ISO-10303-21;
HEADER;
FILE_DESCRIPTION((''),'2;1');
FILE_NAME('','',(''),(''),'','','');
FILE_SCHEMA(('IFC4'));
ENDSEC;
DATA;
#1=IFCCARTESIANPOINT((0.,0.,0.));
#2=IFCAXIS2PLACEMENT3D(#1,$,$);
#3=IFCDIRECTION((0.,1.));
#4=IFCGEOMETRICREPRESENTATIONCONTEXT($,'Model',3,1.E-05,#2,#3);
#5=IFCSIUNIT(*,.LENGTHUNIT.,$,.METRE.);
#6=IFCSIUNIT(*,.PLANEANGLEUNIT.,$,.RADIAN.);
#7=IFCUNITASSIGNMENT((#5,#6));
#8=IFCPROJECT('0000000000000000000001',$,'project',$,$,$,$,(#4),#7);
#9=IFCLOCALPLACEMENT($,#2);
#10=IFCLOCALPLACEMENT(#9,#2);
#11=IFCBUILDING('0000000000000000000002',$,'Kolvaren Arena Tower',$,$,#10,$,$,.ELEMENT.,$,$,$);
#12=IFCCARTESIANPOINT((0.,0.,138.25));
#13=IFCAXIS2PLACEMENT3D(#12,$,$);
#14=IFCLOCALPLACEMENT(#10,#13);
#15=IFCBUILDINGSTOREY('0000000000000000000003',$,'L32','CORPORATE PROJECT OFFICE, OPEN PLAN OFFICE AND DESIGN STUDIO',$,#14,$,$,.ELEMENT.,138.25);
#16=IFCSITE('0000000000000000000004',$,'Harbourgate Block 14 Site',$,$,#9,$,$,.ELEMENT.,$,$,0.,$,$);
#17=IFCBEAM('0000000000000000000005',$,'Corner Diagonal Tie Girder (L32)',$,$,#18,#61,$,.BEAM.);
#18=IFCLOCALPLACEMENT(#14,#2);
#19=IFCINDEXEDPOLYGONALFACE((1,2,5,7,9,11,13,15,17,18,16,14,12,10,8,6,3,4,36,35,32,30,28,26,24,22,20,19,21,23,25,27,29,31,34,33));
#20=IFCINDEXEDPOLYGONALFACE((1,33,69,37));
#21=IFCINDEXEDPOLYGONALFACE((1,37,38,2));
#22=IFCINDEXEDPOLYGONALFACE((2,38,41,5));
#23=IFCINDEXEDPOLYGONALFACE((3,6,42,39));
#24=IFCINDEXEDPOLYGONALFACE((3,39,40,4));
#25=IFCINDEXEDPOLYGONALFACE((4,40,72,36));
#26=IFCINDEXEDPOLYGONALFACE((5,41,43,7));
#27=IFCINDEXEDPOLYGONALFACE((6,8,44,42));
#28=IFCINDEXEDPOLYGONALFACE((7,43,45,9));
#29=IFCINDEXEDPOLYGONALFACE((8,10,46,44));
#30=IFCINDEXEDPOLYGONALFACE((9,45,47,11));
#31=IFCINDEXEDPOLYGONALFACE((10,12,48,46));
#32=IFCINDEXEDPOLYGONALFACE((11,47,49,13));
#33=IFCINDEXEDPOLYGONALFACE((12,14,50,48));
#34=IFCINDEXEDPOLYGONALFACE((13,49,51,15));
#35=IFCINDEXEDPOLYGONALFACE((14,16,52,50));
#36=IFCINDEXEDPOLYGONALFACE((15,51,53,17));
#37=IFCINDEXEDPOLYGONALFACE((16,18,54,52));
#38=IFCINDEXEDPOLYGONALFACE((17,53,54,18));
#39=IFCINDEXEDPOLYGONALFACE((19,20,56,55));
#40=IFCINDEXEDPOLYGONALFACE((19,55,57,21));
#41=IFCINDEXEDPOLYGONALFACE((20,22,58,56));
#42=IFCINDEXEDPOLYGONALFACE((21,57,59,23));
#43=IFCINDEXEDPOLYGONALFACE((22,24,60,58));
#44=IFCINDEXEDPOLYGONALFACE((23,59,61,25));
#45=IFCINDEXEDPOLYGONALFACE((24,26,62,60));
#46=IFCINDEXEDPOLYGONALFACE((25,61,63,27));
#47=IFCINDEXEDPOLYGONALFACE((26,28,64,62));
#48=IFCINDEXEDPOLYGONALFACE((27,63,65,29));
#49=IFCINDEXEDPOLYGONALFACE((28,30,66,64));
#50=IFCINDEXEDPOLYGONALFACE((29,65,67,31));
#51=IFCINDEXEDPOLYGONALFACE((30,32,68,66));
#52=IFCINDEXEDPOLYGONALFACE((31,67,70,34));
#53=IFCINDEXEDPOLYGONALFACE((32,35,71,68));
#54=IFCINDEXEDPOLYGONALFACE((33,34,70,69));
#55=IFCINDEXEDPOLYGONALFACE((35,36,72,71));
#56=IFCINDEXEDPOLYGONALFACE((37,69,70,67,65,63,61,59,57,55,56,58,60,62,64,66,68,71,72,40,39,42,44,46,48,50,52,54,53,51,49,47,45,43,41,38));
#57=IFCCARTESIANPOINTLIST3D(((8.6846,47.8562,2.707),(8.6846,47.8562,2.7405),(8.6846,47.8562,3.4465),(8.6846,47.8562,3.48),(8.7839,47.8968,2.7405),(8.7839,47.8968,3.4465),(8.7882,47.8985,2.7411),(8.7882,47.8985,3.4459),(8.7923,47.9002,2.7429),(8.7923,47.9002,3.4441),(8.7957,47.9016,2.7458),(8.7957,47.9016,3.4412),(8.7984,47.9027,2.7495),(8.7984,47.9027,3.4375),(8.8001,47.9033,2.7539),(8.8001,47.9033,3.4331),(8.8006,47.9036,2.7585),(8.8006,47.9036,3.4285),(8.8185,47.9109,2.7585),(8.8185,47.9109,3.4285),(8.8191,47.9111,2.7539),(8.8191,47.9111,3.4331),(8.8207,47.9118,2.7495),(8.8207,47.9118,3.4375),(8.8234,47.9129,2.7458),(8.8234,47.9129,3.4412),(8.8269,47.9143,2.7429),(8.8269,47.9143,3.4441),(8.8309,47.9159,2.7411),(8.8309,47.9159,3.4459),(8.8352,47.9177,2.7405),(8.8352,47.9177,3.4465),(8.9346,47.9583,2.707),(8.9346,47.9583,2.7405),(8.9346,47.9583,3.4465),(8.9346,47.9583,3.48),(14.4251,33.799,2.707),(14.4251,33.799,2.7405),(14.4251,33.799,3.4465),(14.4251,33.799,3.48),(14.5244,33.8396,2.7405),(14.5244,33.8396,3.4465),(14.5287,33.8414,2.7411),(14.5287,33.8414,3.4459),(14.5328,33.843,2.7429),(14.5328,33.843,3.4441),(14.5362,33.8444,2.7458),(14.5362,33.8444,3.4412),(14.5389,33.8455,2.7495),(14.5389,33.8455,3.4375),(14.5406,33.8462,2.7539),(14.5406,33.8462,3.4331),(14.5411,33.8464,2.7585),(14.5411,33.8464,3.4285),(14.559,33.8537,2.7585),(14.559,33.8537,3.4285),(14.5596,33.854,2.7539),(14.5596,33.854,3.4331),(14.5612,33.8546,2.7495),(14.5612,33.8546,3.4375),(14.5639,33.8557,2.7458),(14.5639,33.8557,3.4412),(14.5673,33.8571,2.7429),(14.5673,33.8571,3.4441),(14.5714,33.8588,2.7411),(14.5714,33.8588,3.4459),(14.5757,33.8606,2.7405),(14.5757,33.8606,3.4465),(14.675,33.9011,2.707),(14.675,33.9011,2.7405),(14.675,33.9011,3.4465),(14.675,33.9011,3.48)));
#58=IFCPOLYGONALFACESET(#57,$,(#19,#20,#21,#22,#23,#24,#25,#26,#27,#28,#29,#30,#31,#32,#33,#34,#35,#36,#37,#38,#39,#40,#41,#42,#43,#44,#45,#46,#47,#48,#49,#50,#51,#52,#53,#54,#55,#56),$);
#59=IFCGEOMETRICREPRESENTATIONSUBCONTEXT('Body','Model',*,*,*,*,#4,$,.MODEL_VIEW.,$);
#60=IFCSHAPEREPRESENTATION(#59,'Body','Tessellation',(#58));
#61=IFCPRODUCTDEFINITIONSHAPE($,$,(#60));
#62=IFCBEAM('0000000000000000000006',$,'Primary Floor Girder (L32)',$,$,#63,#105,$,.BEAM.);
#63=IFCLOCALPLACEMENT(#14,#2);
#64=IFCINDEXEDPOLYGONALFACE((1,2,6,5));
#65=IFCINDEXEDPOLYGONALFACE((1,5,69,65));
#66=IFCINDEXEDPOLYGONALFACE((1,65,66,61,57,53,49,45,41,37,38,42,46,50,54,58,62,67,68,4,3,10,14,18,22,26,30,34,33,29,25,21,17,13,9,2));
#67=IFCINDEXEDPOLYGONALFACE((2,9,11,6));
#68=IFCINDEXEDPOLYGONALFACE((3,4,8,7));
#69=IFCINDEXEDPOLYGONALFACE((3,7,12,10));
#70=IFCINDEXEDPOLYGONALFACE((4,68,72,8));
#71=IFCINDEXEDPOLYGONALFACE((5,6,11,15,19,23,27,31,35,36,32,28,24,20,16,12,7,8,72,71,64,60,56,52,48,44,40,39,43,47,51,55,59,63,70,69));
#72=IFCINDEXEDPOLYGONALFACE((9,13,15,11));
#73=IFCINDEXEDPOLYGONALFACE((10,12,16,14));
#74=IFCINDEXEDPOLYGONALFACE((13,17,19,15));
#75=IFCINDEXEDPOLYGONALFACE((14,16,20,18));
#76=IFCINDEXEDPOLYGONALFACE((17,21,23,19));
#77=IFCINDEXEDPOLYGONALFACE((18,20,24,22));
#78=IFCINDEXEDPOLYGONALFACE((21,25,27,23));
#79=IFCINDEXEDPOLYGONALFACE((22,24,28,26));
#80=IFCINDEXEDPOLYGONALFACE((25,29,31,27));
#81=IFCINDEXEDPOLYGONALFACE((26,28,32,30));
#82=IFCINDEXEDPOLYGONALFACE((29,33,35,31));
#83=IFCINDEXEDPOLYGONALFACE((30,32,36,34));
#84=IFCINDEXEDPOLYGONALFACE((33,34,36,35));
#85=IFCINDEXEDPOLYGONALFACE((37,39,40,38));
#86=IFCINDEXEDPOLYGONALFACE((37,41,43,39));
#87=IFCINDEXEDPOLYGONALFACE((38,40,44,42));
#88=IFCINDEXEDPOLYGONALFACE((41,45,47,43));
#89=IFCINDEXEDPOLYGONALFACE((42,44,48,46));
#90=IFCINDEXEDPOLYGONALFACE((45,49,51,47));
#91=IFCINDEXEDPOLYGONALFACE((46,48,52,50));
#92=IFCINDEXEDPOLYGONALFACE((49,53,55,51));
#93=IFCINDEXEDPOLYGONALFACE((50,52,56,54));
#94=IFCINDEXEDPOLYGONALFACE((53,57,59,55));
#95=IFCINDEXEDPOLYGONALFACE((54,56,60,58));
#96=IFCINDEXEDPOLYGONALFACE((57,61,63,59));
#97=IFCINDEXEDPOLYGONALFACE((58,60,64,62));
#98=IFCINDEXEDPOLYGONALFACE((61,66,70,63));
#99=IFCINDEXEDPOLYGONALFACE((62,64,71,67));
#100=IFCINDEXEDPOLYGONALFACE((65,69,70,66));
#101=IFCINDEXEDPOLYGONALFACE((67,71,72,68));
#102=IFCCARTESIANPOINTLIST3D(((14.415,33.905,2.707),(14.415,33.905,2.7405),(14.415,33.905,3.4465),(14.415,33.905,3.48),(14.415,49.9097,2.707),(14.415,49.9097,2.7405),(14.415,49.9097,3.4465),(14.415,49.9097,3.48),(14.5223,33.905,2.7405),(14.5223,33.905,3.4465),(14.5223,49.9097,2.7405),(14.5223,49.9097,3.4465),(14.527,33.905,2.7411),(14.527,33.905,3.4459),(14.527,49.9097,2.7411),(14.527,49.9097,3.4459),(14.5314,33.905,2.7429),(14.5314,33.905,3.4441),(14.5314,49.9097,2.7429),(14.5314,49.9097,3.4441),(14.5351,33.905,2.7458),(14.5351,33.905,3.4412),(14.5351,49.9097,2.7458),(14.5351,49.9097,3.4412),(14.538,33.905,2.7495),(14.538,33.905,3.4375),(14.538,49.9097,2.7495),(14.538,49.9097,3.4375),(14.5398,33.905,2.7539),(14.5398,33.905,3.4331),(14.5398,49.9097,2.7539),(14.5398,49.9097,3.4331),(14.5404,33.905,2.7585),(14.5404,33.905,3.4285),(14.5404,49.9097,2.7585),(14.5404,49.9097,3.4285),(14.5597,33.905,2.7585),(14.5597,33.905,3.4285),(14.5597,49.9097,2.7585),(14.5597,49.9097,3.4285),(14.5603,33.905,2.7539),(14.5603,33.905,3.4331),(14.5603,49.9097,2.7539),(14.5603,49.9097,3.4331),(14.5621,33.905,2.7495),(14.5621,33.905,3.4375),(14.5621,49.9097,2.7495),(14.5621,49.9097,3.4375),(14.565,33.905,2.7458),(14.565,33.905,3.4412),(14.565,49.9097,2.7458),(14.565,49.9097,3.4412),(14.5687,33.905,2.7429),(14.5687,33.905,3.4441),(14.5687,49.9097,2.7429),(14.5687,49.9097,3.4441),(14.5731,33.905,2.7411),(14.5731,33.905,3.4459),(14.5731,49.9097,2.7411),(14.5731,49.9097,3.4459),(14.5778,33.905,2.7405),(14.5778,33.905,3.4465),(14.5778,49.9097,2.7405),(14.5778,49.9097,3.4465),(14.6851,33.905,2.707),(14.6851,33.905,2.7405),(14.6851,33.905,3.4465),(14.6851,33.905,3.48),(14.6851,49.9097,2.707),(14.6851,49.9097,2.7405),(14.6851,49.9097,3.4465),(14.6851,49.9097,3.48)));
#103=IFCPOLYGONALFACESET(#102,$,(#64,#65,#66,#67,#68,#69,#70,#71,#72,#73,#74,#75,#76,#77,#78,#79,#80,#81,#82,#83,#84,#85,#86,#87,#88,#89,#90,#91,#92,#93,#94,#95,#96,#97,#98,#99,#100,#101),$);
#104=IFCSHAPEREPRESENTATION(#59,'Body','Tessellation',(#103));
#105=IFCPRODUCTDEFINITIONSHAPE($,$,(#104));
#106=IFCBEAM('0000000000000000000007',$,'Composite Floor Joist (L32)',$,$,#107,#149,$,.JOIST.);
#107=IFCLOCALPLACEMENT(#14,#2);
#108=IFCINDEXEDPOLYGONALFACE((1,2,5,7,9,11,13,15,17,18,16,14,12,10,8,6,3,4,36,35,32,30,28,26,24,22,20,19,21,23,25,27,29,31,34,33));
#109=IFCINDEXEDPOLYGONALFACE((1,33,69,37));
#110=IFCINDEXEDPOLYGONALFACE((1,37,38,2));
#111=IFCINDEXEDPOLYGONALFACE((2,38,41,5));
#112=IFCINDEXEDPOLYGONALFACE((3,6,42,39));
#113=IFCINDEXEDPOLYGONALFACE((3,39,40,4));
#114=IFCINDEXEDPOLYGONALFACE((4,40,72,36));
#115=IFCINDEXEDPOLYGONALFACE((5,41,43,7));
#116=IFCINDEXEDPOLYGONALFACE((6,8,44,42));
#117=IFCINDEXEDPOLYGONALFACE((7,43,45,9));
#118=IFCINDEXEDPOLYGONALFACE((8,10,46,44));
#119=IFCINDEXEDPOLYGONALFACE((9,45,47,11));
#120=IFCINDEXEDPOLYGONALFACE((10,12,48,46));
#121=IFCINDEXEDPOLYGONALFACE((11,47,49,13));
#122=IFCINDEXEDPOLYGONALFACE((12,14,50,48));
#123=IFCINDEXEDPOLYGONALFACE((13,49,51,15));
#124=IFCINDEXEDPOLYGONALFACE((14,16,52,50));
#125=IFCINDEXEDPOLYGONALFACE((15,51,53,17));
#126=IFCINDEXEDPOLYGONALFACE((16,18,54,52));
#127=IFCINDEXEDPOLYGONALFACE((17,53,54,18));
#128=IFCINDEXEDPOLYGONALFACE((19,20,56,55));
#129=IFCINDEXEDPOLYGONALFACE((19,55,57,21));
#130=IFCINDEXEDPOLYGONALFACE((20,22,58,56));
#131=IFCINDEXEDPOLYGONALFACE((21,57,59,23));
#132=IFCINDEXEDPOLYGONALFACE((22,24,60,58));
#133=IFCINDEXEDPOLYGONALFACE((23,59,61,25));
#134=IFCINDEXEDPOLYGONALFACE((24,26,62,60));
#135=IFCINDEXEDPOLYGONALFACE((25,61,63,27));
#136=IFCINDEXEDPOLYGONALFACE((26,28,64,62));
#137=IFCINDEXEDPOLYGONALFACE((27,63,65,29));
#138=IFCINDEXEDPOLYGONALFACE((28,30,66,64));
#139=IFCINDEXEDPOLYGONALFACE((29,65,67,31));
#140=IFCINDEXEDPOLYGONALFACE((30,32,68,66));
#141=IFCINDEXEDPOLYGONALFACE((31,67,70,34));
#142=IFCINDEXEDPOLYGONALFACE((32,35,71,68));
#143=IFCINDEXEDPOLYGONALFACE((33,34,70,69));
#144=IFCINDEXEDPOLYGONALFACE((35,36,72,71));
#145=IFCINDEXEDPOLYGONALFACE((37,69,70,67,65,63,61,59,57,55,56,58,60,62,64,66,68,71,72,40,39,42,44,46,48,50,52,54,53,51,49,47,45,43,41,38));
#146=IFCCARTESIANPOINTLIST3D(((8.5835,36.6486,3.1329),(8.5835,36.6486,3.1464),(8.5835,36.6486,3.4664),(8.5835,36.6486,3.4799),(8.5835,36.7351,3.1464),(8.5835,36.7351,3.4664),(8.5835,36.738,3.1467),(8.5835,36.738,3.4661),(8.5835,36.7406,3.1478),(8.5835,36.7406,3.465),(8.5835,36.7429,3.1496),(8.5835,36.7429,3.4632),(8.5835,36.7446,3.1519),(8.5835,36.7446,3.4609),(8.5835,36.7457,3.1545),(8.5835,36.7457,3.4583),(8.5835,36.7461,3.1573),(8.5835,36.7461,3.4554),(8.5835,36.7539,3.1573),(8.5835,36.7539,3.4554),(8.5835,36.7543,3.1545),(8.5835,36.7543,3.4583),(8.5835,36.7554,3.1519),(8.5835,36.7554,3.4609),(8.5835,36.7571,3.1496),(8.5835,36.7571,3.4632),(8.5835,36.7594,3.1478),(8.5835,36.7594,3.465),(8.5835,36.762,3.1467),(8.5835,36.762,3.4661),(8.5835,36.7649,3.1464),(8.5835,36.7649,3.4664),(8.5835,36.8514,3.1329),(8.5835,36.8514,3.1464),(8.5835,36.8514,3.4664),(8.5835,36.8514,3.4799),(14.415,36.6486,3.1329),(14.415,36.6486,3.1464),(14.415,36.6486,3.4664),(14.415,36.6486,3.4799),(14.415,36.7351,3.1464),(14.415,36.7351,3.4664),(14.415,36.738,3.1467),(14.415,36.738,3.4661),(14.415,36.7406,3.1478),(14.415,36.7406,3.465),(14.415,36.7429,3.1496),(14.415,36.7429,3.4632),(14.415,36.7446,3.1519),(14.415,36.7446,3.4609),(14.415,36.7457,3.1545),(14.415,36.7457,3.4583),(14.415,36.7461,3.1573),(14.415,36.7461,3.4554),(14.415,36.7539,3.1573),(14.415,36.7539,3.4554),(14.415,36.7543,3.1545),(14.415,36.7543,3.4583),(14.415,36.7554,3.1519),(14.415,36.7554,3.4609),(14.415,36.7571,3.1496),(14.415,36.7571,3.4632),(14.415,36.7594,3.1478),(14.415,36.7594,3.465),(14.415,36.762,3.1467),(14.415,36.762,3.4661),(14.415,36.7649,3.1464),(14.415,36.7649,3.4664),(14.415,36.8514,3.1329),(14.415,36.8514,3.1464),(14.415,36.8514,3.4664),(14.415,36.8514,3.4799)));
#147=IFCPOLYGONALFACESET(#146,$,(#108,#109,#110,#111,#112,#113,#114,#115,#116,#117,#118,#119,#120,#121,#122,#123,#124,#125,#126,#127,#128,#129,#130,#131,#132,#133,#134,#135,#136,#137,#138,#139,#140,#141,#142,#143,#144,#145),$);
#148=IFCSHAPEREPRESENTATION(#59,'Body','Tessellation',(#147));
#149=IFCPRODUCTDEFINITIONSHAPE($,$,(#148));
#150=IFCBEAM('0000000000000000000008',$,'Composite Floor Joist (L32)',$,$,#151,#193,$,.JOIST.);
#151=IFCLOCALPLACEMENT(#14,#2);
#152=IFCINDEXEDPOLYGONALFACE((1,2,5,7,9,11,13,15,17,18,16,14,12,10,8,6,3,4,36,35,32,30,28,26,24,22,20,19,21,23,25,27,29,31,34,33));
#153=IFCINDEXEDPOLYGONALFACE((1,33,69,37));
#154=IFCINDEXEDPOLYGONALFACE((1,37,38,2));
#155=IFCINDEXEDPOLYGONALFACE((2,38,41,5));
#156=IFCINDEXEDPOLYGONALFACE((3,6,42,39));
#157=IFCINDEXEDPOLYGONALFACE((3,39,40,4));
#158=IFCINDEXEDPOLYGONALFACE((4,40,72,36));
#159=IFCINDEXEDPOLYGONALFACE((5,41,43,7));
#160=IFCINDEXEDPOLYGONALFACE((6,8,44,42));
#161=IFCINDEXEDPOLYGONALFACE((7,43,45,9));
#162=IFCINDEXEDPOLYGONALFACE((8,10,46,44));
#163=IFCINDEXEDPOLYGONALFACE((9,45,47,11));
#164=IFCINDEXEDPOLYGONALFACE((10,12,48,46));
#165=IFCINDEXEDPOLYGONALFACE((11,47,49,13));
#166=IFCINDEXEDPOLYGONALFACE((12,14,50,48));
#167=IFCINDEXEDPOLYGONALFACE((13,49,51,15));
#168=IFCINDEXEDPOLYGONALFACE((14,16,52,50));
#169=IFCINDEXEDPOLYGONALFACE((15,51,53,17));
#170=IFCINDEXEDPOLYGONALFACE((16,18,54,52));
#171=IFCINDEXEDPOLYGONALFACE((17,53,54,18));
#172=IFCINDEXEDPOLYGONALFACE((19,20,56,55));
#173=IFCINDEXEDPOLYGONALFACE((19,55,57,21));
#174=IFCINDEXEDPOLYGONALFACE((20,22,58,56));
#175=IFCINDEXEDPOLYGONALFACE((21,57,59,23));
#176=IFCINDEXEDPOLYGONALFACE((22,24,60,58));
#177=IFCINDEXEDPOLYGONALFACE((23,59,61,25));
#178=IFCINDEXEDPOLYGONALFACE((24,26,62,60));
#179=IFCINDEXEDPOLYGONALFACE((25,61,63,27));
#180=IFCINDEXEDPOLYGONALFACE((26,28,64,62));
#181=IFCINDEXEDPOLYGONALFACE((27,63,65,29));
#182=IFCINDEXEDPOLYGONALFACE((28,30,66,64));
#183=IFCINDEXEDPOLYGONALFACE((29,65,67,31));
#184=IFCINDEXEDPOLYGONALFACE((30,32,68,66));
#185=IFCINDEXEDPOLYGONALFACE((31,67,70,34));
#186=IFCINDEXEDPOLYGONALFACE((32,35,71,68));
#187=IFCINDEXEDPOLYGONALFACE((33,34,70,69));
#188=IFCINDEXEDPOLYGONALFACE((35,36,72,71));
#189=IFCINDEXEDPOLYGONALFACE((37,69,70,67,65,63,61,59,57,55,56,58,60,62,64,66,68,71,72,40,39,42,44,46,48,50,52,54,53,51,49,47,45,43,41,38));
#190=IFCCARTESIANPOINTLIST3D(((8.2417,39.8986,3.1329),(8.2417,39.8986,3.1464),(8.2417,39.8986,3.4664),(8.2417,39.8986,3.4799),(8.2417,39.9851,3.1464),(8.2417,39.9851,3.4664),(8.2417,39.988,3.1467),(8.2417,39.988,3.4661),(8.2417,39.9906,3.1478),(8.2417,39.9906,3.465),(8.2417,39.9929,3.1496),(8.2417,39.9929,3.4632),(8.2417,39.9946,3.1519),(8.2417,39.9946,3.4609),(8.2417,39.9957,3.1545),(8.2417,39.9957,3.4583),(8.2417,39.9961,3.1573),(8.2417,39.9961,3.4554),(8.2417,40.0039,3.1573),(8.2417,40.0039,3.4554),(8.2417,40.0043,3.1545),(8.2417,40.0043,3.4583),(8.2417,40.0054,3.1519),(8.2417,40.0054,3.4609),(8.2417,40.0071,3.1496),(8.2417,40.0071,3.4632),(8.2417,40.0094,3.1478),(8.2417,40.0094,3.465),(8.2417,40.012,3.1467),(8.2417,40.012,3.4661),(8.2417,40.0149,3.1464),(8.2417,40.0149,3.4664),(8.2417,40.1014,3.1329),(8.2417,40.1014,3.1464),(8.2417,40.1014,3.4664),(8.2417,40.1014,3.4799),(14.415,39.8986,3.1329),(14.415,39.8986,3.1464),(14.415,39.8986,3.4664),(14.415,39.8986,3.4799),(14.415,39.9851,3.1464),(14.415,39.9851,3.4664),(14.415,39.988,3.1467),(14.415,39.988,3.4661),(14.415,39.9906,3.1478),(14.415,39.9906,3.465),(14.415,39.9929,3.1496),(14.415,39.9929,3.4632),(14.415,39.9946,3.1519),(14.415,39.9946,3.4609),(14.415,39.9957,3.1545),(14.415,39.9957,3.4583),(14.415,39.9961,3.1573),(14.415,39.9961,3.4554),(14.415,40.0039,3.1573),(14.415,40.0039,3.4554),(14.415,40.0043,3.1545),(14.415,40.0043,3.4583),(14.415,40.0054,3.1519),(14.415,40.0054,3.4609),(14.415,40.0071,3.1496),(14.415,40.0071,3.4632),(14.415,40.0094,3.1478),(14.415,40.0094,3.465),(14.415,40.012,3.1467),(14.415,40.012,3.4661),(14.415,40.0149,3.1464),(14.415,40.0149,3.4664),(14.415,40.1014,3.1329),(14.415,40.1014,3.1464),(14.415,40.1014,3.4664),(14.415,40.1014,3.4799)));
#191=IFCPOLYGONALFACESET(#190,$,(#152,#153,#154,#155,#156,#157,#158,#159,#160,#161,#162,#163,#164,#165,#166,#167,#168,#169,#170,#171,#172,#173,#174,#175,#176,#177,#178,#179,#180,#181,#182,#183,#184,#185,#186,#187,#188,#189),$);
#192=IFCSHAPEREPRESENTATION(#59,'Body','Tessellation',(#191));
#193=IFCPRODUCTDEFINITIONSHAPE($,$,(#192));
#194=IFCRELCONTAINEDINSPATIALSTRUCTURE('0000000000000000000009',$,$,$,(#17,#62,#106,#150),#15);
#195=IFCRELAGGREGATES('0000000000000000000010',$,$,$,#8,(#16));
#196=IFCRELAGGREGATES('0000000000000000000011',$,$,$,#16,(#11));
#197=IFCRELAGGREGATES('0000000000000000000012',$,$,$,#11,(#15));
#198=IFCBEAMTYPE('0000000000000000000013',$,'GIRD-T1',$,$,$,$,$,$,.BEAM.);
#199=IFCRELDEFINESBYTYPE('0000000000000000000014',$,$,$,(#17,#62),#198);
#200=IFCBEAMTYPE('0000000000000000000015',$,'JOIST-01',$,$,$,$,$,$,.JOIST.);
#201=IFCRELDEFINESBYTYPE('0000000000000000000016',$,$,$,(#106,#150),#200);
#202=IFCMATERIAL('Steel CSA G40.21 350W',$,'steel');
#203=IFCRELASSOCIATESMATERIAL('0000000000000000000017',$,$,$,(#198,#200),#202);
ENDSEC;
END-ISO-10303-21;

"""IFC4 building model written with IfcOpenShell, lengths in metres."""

from ifc_helpers import new_model, si_unit, direction, frame, origin, origin_2d, place, context, subcontext, project, spatial, i_section, extrude, material, material_profile, profile_set, type_object, element, save


model = new_model("IFC4")

# Units and contexts
model_context = context("Model", 3, precision=1e-05, world=origin(), true_north=direction((0.0, 1.0)))
body_context = subcontext(model_context, "Body", "Model", "MODEL_VIEW")
ifc_project = project(units=[si_unit("LENGTHUNIT", "METRE"), si_unit("PLANEANGLEUNIT", "RADIAN")], contexts=[model_context])

# Site, building, storey
site_placement = place(None, origin())
site = spatial("IfcSite", under=ifc_project, at=site_placement, Name="Harbourgate Block 14 Site", CompositionType="ELEMENT", RefElevation=0.0)
building_placement = place(site_placement, origin())
building = spatial("IfcBuilding", under=site, at=building_placement, Name="Kolvaren Arena Tower", CompositionType="ELEMENT")
storey_placement = place(building_placement, frame((0.0, 0.0, 138.25)))
storey = spatial("IfcBuildingStorey", under=building, at=storey_placement, Name="L32", Description="CORPORATE PROJECT OFFICE, OPEN PLAN OFFICE AND DESIGN STUDIO", CompositionType="ELEMENT", Elevation=138.25)

# Beams
ifc_material_1 = material(Name="Steel CSA G40.21 350W", Category="steel")
ifc_material_profile_1 = material_profile(ifc_material_1, i_section(OverallWidth=0.27, OverallDepth=0.7729, WebThickness=0.0193, FlangeThickness=0.0334, FilletRadius=0.0181, at=origin_2d()), Name="W760x257")
ifc_profile_set_1 = profile_set([ifc_material_profile_1], Name="Steel CSA G40.21 350W")
beam_type_1 = type_object("IfcBeamType", Name="GIRD-T1", PredefinedType="BEAM", material=ifc_profile_set_1)
beam_1_placement = place(storey_placement, frame((8.8096, 47.9072, 3.0935), z_axis=(0.378059, -0.925781, 0.0), x_axis=(0.925781, 0.378059, 0.0)))
element("IfcBeam", 1, at=beam_1_placement, inside=storey, type_object=beam_type_1, Name="Corner Diagonal Tie Girder (L32)", PredefinedType="BEAM", context=body_context, shape_type="SweptSolid", body=[
    extrude(i_section(OverallWidth=0.27, OverallDepth=0.7729, WebThickness=0.0193, FlangeThickness=0.0334, FilletRadius=0.0181, at=origin_2d()), origin(), (0.0, 0.0, 1.0), 15.1841),
])
beam_2_placement = place(storey_placement, frame((14.55, 33.905, 3.0935), z_axis=(0.0, 1.0, 0.0), x_axis=(-1.0, 0.0, 0.0)))
element("IfcBeam", 2, at=beam_2_placement, inside=storey, type_object=beam_type_1, Name="Primary Floor Girder (L32)", PredefinedType="BEAM", context=body_context, shape_type="SweptSolid", body=[
    extrude(i_section(OverallWidth=0.27, OverallDepth=0.7729, WebThickness=0.0193, FlangeThickness=0.0334, FilletRadius=0.0181, at=origin_2d()), origin(), (0.0, 0.0, 1.0), 16.0046),
])
ifc_material_profile_2 = material_profile(ifc_material_1, i_section(OverallWidth=0.2029, OverallDepth=0.3469, WebThickness=0.0078, FlangeThickness=0.0134, FilletRadius=0.011, at=origin_2d()), Name="W360x64")
ifc_profile_set_2 = profile_set([ifc_material_profile_2], Name="Steel CSA G40.21 350W")
beam_type_2 = type_object("IfcBeamType", Name="JOIST-01", PredefinedType="JOIST", material=ifc_profile_set_2)
beam_3_placement = place(storey_placement, frame((8.5835, 36.75, 3.3064), z_axis=(1.0, 0.0, 0.0), x_axis=(0.0, 1.0, 0.0)))
element("IfcBeam", 3, at=beam_3_placement, inside=storey, type_object=beam_type_2, Name="Composite Floor Joist (L32)", PredefinedType="JOIST", context=body_context, shape_type="SweptSolid", body=[
    extrude(i_section(OverallWidth=0.2029, OverallDepth=0.3469, WebThickness=0.0078, FlangeThickness=0.0134, FilletRadius=0.011, at=origin_2d()), origin(), (0.0, 0.0, 1.0), 5.8315),
])
beam_4_placement = place(storey_placement, frame((8.2417, 40.0, 3.3064), z_axis=(1.0, 0.0, 0.0), x_axis=(0.0, 1.0, 0.0)))
element("IfcBeam", 4, at=beam_4_placement, inside=storey, type_object=beam_type_2, Name="Composite Floor Joist (L32)", PredefinedType="JOIST", context=body_context, shape_type="SweptSolid", body=[
    extrude(i_section(OverallWidth=0.2029, OverallDepth=0.3469, WebThickness=0.0078, FlangeThickness=0.0134, FilletRadius=0.011, at=origin_2d()), origin(), (0.0, 0.0, 1.0), 6.1733),
])

save(model, "model.ifc")
